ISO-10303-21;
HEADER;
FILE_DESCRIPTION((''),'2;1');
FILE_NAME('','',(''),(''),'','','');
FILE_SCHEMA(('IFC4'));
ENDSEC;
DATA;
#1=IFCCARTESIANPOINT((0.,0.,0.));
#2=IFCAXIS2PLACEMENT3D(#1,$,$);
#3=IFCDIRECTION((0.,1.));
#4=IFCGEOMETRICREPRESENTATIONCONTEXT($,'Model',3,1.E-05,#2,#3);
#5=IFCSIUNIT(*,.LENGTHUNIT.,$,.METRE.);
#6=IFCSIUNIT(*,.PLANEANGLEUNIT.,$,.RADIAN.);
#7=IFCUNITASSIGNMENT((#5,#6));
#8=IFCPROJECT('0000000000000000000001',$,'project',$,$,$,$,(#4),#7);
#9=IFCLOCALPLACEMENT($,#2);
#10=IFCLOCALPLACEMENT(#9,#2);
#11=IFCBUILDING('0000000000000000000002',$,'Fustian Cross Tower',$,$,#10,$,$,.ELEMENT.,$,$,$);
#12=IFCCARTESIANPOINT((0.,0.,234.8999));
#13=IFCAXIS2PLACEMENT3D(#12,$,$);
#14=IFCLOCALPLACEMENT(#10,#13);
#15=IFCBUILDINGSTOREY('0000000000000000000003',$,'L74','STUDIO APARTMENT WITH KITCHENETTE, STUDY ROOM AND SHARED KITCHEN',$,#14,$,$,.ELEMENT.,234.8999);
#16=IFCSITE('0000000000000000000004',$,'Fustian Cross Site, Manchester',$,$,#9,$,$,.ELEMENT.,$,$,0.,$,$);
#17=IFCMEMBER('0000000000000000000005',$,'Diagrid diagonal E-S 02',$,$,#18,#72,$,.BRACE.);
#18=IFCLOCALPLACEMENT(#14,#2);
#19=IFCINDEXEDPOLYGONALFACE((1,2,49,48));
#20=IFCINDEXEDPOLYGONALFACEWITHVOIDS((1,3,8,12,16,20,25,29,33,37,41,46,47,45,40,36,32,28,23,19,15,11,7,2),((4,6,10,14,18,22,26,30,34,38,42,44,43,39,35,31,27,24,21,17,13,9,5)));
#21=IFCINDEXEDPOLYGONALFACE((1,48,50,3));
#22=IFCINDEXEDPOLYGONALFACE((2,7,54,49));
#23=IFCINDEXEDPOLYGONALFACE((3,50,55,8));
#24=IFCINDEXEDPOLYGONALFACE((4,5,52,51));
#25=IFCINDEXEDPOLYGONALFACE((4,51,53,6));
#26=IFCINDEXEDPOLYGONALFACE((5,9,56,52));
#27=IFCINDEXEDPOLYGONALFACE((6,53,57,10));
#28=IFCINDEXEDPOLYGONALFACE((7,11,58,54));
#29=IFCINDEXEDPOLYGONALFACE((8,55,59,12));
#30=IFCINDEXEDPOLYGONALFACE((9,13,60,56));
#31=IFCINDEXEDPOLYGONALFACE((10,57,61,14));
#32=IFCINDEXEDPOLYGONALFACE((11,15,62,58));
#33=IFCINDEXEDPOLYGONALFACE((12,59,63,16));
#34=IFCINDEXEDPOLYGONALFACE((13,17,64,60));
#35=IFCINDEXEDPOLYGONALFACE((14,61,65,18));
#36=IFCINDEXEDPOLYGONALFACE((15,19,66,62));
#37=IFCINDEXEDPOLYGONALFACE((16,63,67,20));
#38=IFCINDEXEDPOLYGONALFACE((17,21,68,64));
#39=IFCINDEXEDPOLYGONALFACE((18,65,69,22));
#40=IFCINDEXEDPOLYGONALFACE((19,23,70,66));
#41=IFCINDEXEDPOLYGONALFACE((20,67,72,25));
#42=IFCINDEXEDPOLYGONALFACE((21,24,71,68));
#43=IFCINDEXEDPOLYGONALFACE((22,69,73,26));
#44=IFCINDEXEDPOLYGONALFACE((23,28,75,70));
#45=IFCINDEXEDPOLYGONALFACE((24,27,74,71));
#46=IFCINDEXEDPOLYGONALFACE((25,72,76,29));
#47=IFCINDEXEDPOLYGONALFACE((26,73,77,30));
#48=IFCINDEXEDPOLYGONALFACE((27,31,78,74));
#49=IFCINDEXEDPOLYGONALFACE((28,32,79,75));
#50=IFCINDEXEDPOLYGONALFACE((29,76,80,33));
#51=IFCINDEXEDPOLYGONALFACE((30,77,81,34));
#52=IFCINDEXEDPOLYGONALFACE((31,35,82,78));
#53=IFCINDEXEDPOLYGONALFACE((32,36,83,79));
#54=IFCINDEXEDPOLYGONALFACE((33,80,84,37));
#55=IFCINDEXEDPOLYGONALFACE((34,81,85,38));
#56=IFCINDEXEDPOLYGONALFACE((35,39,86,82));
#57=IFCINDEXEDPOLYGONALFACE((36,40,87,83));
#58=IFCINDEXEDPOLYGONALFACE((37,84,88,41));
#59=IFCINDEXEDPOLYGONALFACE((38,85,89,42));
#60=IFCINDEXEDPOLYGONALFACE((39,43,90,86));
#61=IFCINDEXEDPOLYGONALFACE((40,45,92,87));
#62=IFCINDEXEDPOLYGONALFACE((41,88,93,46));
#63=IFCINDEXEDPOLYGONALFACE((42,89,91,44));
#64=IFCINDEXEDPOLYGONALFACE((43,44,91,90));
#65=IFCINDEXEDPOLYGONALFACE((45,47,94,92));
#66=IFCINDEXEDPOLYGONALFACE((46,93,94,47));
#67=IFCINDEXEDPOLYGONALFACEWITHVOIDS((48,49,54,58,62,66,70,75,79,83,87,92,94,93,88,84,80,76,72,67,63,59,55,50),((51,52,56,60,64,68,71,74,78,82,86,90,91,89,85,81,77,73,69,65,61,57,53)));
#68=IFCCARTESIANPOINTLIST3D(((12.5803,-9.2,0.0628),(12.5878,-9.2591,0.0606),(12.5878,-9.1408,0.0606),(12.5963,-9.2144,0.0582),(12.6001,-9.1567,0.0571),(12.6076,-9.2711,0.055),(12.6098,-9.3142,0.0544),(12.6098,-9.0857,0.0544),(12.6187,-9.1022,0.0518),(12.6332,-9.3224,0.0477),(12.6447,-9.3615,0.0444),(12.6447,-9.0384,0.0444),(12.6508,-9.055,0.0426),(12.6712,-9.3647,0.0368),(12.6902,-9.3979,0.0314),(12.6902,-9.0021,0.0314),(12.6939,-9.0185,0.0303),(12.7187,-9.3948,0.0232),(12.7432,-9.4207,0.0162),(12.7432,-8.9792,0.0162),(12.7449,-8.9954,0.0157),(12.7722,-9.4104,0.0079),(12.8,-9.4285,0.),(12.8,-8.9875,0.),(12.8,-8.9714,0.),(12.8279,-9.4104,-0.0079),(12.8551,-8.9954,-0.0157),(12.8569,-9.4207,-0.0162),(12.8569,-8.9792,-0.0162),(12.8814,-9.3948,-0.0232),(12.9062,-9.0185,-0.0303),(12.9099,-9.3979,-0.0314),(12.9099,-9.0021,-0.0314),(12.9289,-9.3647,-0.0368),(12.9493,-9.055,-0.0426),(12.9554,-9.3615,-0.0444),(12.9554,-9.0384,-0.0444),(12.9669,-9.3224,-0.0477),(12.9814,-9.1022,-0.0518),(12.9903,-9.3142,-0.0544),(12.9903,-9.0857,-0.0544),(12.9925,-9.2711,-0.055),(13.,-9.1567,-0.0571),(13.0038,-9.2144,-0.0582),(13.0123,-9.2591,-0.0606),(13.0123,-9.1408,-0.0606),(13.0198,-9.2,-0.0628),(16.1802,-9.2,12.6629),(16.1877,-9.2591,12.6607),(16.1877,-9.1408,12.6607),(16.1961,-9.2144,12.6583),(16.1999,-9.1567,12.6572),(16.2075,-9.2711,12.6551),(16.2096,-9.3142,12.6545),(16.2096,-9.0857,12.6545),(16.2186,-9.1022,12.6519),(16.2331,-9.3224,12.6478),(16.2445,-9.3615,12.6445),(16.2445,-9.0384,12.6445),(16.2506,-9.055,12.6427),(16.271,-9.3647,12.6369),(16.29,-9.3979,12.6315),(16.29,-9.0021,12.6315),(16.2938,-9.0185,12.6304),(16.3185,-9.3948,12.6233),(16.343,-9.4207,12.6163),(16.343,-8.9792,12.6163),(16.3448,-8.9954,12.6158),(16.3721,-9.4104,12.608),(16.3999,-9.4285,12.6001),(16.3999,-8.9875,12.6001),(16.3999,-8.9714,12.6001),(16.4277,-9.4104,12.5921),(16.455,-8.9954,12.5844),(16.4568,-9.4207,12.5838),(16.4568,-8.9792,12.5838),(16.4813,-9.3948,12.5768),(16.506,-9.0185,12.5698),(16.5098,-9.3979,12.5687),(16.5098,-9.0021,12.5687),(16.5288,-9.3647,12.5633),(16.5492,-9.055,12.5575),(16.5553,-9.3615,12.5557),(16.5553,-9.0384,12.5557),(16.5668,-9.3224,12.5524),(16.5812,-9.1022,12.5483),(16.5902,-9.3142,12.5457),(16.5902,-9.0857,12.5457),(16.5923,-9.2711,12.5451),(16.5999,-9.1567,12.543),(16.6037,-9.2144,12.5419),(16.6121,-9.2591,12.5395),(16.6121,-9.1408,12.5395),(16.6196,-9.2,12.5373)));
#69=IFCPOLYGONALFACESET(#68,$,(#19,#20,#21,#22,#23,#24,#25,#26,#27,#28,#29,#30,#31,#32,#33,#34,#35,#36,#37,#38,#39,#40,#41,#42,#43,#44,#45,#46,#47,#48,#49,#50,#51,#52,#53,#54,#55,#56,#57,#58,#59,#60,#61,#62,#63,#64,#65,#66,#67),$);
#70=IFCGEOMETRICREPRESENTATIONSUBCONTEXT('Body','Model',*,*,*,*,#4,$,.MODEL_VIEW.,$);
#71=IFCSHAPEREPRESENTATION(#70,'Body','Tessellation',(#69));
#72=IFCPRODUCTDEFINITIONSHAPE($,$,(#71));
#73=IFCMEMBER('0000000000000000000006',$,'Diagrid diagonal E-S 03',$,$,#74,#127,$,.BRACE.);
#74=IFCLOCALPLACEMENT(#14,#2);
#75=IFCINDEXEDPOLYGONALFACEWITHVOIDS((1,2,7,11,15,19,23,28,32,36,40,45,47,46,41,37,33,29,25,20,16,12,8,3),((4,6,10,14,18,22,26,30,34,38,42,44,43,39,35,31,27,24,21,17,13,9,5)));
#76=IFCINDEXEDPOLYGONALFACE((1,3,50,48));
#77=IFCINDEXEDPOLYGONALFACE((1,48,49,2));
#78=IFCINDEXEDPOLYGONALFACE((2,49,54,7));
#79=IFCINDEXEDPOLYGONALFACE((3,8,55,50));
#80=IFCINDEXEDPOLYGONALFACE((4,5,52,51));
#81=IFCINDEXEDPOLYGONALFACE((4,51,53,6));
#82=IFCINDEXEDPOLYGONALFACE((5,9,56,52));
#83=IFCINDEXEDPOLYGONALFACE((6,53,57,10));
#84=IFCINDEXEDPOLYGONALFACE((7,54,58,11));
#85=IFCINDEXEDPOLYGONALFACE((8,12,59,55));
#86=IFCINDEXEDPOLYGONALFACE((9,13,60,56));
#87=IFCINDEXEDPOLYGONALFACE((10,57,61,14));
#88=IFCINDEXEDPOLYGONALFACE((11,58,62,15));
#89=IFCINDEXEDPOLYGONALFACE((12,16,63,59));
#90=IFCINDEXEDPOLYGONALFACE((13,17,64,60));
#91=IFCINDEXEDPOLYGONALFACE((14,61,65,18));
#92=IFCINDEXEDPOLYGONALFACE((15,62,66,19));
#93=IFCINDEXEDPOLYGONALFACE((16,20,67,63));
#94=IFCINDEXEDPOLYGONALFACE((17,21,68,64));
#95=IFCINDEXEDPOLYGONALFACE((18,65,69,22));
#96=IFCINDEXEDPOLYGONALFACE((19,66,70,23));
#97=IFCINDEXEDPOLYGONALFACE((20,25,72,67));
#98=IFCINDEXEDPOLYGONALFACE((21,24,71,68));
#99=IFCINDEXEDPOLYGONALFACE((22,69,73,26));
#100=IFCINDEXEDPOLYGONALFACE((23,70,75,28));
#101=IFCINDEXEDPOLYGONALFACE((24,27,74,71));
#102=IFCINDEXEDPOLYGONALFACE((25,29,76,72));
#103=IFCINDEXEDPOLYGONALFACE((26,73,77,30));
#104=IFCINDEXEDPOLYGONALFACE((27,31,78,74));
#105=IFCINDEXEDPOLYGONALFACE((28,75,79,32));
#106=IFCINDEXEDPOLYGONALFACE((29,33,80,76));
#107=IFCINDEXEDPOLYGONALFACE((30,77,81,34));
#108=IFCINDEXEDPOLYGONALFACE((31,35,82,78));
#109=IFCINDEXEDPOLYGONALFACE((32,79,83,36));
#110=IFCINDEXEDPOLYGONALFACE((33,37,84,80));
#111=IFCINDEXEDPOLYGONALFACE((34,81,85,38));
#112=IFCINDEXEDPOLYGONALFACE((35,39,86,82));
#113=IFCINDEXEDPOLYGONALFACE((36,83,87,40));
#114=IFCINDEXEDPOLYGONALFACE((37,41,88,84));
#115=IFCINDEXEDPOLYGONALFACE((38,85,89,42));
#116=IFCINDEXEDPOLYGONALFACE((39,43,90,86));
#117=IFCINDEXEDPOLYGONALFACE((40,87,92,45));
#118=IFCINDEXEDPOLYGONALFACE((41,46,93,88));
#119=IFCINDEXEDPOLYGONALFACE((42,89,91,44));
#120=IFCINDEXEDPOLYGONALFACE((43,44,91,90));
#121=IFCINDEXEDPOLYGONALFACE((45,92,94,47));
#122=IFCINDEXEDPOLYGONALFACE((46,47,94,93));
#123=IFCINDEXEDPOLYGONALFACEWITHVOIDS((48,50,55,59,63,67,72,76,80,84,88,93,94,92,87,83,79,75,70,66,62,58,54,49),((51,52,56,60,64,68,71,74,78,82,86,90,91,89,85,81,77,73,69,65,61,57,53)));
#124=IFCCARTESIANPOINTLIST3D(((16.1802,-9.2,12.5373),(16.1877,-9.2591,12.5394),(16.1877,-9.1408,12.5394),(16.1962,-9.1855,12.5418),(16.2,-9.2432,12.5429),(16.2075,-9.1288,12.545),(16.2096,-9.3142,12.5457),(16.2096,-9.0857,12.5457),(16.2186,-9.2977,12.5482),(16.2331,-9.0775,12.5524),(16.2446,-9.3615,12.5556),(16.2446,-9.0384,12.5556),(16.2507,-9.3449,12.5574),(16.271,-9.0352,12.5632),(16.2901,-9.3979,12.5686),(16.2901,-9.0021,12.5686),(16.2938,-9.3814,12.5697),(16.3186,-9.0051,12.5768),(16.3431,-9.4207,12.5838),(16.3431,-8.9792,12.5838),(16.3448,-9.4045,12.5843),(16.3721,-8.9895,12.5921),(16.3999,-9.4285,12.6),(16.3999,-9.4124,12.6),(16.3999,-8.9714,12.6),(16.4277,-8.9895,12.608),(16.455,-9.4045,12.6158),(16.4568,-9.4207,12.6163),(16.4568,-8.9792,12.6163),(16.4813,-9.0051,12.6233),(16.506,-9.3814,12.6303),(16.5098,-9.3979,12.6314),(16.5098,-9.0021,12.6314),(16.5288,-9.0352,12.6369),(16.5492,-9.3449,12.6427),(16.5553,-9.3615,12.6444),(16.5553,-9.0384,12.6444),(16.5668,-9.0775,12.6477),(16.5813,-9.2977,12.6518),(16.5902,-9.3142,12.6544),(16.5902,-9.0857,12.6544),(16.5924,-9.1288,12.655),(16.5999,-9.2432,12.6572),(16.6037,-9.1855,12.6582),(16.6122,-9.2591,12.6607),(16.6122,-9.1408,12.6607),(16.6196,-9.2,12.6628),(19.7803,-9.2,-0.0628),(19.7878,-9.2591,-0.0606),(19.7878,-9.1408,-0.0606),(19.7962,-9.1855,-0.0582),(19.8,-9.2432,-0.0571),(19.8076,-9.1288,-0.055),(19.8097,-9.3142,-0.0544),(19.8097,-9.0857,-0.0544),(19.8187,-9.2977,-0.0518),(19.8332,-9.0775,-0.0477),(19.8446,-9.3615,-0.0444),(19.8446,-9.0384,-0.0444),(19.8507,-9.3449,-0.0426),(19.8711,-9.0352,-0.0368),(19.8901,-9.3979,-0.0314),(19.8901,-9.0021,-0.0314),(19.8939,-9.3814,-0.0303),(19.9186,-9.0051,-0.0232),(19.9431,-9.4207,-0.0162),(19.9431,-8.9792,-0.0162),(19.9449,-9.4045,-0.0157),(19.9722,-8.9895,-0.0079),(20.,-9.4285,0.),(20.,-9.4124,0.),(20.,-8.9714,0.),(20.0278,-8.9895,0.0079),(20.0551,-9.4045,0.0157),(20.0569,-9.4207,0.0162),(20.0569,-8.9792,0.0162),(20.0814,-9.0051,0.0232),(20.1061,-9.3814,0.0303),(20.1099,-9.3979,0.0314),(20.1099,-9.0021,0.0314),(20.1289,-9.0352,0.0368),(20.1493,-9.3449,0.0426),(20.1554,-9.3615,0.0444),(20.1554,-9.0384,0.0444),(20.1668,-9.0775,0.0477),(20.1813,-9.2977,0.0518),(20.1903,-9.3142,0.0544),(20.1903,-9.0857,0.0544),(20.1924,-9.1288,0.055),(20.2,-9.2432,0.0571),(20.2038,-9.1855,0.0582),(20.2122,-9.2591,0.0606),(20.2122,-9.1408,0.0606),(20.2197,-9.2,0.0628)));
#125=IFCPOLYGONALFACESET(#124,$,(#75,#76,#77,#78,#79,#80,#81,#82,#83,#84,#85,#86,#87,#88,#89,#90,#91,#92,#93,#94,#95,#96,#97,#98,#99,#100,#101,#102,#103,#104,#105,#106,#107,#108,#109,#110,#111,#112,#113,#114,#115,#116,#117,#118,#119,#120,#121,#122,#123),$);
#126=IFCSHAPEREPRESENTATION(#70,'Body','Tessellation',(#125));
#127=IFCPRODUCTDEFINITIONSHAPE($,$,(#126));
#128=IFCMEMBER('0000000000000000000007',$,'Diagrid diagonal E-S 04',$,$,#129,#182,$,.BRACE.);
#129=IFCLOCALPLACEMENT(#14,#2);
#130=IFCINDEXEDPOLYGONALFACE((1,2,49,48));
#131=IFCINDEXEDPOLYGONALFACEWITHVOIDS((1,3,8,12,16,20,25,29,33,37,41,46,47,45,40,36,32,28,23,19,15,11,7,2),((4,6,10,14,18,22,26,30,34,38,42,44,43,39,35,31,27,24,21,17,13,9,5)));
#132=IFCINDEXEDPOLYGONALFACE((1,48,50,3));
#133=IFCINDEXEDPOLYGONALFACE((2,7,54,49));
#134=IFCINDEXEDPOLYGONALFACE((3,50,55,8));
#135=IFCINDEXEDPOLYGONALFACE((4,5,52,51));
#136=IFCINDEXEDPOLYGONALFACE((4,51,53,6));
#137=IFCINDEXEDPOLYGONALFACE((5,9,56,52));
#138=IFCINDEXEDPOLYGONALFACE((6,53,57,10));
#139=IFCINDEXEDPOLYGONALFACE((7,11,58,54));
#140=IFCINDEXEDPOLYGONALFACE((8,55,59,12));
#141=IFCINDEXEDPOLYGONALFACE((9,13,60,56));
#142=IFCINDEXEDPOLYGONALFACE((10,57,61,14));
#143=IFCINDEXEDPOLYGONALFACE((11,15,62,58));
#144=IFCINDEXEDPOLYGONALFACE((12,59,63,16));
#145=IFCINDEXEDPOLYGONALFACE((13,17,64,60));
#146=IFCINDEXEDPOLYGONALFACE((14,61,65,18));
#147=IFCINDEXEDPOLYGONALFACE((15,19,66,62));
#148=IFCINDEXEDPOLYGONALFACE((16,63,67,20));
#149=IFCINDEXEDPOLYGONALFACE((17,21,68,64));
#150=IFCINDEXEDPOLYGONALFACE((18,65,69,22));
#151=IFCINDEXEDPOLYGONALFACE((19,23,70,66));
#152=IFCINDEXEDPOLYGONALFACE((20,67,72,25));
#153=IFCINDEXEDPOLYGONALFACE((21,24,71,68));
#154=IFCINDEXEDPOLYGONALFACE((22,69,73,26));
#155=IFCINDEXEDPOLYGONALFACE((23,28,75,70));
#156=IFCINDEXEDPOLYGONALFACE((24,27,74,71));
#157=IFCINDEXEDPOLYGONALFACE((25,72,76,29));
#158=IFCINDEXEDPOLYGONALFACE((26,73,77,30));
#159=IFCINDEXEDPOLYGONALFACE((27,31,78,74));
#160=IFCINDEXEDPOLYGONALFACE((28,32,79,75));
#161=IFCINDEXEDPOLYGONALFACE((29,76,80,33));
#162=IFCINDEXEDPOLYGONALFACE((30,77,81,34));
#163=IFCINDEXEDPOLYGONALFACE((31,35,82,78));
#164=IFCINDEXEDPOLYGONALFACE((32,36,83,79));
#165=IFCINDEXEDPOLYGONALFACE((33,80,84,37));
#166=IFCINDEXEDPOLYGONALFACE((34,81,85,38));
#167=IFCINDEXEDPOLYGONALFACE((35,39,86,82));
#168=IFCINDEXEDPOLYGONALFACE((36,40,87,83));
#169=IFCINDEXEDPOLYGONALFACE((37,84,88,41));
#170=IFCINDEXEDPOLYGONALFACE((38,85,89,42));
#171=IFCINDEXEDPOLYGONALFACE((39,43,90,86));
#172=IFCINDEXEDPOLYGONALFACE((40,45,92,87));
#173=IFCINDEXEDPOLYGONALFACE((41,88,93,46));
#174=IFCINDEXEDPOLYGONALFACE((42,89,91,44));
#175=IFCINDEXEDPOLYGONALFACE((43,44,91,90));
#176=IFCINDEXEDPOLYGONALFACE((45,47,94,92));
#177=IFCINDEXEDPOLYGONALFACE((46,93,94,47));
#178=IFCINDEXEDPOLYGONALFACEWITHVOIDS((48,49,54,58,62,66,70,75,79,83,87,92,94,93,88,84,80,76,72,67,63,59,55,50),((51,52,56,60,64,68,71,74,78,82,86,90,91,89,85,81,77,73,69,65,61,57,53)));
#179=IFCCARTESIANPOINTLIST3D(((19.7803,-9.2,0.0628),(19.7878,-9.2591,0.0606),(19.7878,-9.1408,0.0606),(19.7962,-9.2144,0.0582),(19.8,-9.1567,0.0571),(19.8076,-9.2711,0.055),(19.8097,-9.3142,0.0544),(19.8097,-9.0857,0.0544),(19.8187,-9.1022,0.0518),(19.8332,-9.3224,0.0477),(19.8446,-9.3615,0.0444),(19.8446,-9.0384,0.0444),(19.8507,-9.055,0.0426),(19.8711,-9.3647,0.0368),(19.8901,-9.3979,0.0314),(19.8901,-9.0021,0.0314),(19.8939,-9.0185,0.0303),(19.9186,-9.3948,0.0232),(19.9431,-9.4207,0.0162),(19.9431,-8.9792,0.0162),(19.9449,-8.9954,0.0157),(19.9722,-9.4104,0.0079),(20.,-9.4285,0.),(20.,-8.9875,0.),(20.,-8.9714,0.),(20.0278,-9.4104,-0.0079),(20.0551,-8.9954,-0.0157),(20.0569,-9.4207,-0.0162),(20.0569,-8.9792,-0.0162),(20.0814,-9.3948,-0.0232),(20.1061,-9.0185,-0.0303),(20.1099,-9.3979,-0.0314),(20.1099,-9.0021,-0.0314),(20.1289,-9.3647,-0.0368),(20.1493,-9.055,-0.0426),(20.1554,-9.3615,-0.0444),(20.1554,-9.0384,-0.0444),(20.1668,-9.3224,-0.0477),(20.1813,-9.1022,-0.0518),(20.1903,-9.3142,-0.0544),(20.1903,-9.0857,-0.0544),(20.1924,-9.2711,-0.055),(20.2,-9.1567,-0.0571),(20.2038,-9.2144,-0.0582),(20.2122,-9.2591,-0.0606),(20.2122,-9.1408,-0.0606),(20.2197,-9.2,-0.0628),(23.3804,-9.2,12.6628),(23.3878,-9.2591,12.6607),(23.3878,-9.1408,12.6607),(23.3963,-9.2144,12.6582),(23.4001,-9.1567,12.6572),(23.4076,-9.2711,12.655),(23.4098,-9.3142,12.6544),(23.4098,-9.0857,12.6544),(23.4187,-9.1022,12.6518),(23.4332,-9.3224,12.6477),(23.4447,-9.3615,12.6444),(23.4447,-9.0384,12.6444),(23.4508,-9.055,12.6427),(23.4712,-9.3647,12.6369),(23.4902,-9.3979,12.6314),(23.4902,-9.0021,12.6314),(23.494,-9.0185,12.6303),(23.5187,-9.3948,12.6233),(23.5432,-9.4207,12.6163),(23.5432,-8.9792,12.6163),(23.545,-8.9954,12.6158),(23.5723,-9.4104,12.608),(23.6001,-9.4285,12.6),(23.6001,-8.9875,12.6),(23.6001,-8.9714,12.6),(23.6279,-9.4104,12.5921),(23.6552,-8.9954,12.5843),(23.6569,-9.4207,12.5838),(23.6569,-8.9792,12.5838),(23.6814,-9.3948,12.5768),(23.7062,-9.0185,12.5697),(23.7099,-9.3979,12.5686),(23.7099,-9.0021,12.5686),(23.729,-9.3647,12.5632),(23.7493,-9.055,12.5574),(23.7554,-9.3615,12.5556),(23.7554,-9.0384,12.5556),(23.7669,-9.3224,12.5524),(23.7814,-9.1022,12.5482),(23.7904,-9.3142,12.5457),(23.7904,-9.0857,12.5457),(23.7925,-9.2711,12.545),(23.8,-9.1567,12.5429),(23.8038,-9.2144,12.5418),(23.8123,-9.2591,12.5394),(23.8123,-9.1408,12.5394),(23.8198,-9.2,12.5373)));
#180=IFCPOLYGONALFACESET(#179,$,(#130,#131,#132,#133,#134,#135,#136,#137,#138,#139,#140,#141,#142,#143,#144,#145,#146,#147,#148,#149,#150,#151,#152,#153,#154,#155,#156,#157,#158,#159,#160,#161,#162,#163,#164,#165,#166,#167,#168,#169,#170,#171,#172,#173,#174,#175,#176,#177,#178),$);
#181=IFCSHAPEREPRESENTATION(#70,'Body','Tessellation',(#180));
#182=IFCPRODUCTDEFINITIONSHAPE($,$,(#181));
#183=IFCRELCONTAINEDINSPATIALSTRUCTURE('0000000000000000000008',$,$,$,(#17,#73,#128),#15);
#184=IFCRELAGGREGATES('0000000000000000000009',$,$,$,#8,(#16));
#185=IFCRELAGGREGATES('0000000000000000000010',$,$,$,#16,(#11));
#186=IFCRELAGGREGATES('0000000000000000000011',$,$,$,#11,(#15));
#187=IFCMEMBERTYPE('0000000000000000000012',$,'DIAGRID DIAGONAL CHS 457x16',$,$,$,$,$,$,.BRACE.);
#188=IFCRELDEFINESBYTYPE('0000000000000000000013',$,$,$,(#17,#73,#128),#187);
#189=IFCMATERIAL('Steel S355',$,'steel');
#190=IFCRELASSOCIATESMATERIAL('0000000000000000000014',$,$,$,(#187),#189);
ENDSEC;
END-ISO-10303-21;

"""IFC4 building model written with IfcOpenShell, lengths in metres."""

from ifc_helpers import new_model, si_unit, direction, frame, origin, origin_2d, place, context, subcontext, project, spatial, hollow_circle, extrude, material, material_profile, profile_set, type_object, element, save


model = new_model("IFC4")

# Units and contexts
model_context = context("Model", 3, precision=1e-05, world=origin(), true_north=direction((0.0, 1.0)))
body_context = subcontext(model_context, "Body", "Model", "MODEL_VIEW")
ifc_project = project(units=[si_unit("LENGTHUNIT", "METRE"), si_unit("PLANEANGLEUNIT", "RADIAN")], contexts=[model_context])

# Site, building, storey
site_placement = place(None, origin())
site = spatial("IfcSite", under=ifc_project, at=site_placement, Name="Fustian Cross Site, Manchester", CompositionType="ELEMENT", RefElevation=0.0)
building_placement = place(site_placement, origin())
building = spatial("IfcBuilding", under=site, at=building_placement, Name="Fustian Cross Tower", CompositionType="ELEMENT")
storey_placement = place(building_placement, frame((0.0, 0.0, 234.8999)))
storey = spatial("IfcBuildingStorey", under=building, at=storey_placement, Name="L74", Description="STUDIO APARTMENT WITH KITCHENETTE, STUDY ROOM AND SHARED KITCHEN", CompositionType="ELEMENT", Elevation=234.8999)

# Members
ifc_material_1 = material(Name="Steel S355", Category="steel")
ifc_material_profile_1 = material_profile(ifc_material_1, hollow_circle(Radius=0.2285, WallThickness=0.0161, at=origin_2d()), Name="CHS 457x16")
ifc_profile_set_1 = profile_set([ifc_material_profile_1], Name="Steel S355")
member_type_1 = type_object("IfcMemberType", Name="DIAGRID DIAGONAL CHS 457x16", PredefinedType="BRACE", material=ifc_profile_set_1)
for number, where, z_axis, x_axis, name in (
    (1, (12.8, -9.2, 0.0), (0.274709, 0.0, 0.961527), (0.0, 1.0, 0.0), "Diagrid diagonal E-S 02"),
    (2, (20.0, -9.2, 0.0), (-0.274726, 0.0, 0.961523), (0.0, -1.0, 0.0), "Diagrid diagonal E-S 03"),
    (3, (20.0, -9.2, 0.0), (0.274726, 0.0, 0.961523), (0.0, 1.0, 0.0), "Diagrid diagonal E-S 04"),
):
    element("IfcMember", number, at=place(storey_placement, frame(where, z_axis=z_axis, x_axis=x_axis)), inside=storey, type_object=member_type_1, Name=name, PredefinedType="BRACE", context=body_context, shape_type="SweptSolid", body=[
        extrude(hollow_circle(Radius=0.2285, WallThickness=0.0161, at=origin_2d()), origin(), (0.0, 0.0, 1.0), 13.1042),
    ])

save(model, "model.ifc")
